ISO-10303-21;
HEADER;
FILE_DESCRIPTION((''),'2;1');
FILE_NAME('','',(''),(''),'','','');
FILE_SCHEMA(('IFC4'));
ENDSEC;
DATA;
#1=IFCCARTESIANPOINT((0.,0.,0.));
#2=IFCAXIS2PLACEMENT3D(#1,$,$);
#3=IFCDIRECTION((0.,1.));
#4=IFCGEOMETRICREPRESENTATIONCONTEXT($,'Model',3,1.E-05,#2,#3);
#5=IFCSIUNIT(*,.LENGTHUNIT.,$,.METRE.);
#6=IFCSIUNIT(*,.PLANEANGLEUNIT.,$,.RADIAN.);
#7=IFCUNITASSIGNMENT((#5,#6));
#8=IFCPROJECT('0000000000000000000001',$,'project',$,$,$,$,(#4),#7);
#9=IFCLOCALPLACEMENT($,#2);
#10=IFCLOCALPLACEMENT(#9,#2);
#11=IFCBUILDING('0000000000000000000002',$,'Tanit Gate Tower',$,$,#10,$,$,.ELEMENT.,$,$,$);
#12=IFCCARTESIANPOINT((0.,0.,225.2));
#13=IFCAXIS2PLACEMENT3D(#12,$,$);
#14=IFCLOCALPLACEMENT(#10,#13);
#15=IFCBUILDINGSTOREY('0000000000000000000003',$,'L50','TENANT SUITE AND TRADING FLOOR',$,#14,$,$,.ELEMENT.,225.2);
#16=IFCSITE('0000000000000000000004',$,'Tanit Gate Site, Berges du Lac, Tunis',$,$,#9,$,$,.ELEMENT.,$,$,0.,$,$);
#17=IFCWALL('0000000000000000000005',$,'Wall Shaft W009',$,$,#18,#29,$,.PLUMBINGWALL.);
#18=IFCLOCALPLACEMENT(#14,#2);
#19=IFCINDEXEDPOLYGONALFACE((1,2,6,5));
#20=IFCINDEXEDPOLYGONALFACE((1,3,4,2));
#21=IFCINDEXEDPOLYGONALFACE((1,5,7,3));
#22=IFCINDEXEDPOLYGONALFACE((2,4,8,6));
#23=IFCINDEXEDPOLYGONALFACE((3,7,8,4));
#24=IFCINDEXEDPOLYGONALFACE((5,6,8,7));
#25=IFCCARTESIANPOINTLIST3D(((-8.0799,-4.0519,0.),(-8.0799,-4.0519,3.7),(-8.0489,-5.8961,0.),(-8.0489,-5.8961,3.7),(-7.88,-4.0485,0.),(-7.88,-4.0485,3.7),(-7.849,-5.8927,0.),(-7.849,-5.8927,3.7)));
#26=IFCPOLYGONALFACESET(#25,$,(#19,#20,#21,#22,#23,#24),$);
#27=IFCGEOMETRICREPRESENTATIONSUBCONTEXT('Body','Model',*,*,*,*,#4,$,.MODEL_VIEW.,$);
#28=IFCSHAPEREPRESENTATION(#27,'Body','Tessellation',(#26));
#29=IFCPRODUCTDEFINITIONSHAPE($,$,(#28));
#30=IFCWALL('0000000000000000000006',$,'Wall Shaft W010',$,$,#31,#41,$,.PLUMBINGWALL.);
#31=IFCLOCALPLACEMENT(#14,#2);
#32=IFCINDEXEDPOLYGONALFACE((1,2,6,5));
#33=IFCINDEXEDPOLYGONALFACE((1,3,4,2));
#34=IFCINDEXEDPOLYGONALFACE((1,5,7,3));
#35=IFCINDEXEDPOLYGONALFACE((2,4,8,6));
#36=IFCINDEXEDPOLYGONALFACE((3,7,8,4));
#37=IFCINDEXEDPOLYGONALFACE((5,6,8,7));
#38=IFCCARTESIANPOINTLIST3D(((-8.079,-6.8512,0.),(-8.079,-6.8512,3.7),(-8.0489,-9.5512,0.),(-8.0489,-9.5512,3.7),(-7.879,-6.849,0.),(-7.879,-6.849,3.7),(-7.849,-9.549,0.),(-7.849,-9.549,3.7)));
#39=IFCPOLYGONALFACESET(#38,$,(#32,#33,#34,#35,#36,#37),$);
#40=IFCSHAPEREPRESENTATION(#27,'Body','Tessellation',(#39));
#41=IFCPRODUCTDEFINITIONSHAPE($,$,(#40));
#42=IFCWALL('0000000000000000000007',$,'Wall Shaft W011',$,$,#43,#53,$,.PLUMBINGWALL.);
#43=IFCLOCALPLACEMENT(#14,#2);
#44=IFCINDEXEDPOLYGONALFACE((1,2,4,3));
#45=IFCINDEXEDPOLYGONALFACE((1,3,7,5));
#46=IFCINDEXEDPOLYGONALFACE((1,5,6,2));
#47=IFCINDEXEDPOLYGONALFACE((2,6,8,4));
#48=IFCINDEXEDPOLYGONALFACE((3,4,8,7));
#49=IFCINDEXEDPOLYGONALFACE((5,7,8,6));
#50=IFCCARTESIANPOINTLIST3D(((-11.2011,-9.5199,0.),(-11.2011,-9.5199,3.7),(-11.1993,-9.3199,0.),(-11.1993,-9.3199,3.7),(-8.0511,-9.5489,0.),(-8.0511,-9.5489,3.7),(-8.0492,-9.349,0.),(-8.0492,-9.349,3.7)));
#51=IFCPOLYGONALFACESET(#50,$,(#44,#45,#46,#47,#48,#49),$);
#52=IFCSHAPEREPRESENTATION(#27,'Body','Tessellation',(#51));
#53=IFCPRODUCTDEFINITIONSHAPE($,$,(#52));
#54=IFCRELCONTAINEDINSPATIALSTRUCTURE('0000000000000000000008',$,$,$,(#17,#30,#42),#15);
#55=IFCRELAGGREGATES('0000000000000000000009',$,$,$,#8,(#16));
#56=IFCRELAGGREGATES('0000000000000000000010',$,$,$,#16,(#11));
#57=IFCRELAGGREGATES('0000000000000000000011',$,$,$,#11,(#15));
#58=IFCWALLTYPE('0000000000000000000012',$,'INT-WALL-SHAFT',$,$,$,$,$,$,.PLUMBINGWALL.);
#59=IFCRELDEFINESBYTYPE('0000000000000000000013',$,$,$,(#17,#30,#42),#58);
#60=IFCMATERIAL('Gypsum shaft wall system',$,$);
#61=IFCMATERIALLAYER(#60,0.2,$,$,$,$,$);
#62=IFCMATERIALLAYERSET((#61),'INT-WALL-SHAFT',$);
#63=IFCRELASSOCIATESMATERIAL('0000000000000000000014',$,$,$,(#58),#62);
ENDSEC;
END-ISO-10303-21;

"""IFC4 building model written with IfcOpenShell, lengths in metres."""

from ifc_helpers import new_model, si_unit, direction, frame, frame_2d, origin, place, context, subcontext, project, spatial, rectangle, extrude, material, layer, layer_set, type_object, element, save


model = new_model("IFC4")

# Units and contexts
model_context = context("Model", 3, precision=1e-05, world=origin(), true_north=direction((0.0, 1.0)))
body_context = subcontext(model_context, "Body", "Model", "MODEL_VIEW")
ifc_project = project(units=[si_unit("LENGTHUNIT", "METRE"), si_unit("PLANEANGLEUNIT", "RADIAN")], contexts=[model_context])

# Site, building, storey
site_placement = place(None, origin())
site = spatial("IfcSite", under=ifc_project, at=site_placement, Name="Tanit Gate Site, Berges du Lac, Tunis", CompositionType="ELEMENT", RefElevation=0.0)
building_placement = place(site_placement, origin())
building = spatial("IfcBuilding", under=site, at=building_placement, Name="Tanit Gate Tower", CompositionType="ELEMENT")
storey_placement = place(building_placement, frame((0.0, 0.0, 225.2)))
storey = spatial("IfcBuildingStorey", under=building, at=storey_placement, Name="L50", Description="TENANT SUITE AND TRADING FLOOR", CompositionType="ELEMENT", Elevation=225.2)

# Walls
ifc_material_1 = material(Name="Gypsum shaft wall system")
ifc_layer_1 = layer(ifc_material_1, 0.2)
ifc_layer_set_1 = layer_set([ifc_layer_1], Name="INT-WALL-SHAFT")
wall_type_1 = type_object("IfcWallType", Name="INT-WALL-SHAFT", PredefinedType="PLUMBINGWALL", material=ifc_layer_set_1)
wall_1_placement = place(storey_placement, frame((-7.98, -4.05, 0.0), z_axis=(0.0, 0.0, 1.0), x_axis=(0.01681, -0.999859, 0.0)))
element("IfcWall", 1, at=wall_1_placement, inside=storey, type_object=wall_type_1, Name="Wall Shaft W009", PredefinedType="PLUMBINGWALL", context=body_context, shape_type="SweptSolid", body=[
    extrude(rectangle(XDim=1.8445, YDim=0.2, at=frame_2d((0.9224, 0.0))), origin(), (0.0, 0.0, 1.0), 3.7),
])
wall_2_placement = place(storey_placement, frame((-7.979, -6.8501, 0.0), z_axis=(0.0, 0.0, 1.0), x_axis=(0.011121, -0.999938, 0.0)))
element("IfcWall", 2, at=wall_2_placement, inside=storey, type_object=wall_type_1, Name="Wall Shaft W010", PredefinedType="PLUMBINGWALL", context=body_context, shape_type="SweptSolid", body=[
    extrude(rectangle(XDim=2.7002, YDim=0.2, at=frame_2d((1.3501, 0.0))), origin(), (0.0, 0.0, 1.0), 3.7),
])
wall_3_placement = place(storey_placement, frame((-8.05, -9.449, 0.0), z_axis=(0.0, 0.0, 1.0), x_axis=(-0.999957, 0.009223, 0.0)))
element("IfcWall", 3, at=wall_3_placement, inside=storey, type_object=wall_type_1, Name="Wall Shaft W011", PredefinedType="PLUMBINGWALL", context=body_context, shape_type="SweptSolid", body=[
    extrude(rectangle(XDim=3.1501, YDim=0.2, at=frame_2d((1.5752, 0.0))), origin(), (0.0, 0.0, 1.0), 3.7),
])

save(model, "model.ifc")
